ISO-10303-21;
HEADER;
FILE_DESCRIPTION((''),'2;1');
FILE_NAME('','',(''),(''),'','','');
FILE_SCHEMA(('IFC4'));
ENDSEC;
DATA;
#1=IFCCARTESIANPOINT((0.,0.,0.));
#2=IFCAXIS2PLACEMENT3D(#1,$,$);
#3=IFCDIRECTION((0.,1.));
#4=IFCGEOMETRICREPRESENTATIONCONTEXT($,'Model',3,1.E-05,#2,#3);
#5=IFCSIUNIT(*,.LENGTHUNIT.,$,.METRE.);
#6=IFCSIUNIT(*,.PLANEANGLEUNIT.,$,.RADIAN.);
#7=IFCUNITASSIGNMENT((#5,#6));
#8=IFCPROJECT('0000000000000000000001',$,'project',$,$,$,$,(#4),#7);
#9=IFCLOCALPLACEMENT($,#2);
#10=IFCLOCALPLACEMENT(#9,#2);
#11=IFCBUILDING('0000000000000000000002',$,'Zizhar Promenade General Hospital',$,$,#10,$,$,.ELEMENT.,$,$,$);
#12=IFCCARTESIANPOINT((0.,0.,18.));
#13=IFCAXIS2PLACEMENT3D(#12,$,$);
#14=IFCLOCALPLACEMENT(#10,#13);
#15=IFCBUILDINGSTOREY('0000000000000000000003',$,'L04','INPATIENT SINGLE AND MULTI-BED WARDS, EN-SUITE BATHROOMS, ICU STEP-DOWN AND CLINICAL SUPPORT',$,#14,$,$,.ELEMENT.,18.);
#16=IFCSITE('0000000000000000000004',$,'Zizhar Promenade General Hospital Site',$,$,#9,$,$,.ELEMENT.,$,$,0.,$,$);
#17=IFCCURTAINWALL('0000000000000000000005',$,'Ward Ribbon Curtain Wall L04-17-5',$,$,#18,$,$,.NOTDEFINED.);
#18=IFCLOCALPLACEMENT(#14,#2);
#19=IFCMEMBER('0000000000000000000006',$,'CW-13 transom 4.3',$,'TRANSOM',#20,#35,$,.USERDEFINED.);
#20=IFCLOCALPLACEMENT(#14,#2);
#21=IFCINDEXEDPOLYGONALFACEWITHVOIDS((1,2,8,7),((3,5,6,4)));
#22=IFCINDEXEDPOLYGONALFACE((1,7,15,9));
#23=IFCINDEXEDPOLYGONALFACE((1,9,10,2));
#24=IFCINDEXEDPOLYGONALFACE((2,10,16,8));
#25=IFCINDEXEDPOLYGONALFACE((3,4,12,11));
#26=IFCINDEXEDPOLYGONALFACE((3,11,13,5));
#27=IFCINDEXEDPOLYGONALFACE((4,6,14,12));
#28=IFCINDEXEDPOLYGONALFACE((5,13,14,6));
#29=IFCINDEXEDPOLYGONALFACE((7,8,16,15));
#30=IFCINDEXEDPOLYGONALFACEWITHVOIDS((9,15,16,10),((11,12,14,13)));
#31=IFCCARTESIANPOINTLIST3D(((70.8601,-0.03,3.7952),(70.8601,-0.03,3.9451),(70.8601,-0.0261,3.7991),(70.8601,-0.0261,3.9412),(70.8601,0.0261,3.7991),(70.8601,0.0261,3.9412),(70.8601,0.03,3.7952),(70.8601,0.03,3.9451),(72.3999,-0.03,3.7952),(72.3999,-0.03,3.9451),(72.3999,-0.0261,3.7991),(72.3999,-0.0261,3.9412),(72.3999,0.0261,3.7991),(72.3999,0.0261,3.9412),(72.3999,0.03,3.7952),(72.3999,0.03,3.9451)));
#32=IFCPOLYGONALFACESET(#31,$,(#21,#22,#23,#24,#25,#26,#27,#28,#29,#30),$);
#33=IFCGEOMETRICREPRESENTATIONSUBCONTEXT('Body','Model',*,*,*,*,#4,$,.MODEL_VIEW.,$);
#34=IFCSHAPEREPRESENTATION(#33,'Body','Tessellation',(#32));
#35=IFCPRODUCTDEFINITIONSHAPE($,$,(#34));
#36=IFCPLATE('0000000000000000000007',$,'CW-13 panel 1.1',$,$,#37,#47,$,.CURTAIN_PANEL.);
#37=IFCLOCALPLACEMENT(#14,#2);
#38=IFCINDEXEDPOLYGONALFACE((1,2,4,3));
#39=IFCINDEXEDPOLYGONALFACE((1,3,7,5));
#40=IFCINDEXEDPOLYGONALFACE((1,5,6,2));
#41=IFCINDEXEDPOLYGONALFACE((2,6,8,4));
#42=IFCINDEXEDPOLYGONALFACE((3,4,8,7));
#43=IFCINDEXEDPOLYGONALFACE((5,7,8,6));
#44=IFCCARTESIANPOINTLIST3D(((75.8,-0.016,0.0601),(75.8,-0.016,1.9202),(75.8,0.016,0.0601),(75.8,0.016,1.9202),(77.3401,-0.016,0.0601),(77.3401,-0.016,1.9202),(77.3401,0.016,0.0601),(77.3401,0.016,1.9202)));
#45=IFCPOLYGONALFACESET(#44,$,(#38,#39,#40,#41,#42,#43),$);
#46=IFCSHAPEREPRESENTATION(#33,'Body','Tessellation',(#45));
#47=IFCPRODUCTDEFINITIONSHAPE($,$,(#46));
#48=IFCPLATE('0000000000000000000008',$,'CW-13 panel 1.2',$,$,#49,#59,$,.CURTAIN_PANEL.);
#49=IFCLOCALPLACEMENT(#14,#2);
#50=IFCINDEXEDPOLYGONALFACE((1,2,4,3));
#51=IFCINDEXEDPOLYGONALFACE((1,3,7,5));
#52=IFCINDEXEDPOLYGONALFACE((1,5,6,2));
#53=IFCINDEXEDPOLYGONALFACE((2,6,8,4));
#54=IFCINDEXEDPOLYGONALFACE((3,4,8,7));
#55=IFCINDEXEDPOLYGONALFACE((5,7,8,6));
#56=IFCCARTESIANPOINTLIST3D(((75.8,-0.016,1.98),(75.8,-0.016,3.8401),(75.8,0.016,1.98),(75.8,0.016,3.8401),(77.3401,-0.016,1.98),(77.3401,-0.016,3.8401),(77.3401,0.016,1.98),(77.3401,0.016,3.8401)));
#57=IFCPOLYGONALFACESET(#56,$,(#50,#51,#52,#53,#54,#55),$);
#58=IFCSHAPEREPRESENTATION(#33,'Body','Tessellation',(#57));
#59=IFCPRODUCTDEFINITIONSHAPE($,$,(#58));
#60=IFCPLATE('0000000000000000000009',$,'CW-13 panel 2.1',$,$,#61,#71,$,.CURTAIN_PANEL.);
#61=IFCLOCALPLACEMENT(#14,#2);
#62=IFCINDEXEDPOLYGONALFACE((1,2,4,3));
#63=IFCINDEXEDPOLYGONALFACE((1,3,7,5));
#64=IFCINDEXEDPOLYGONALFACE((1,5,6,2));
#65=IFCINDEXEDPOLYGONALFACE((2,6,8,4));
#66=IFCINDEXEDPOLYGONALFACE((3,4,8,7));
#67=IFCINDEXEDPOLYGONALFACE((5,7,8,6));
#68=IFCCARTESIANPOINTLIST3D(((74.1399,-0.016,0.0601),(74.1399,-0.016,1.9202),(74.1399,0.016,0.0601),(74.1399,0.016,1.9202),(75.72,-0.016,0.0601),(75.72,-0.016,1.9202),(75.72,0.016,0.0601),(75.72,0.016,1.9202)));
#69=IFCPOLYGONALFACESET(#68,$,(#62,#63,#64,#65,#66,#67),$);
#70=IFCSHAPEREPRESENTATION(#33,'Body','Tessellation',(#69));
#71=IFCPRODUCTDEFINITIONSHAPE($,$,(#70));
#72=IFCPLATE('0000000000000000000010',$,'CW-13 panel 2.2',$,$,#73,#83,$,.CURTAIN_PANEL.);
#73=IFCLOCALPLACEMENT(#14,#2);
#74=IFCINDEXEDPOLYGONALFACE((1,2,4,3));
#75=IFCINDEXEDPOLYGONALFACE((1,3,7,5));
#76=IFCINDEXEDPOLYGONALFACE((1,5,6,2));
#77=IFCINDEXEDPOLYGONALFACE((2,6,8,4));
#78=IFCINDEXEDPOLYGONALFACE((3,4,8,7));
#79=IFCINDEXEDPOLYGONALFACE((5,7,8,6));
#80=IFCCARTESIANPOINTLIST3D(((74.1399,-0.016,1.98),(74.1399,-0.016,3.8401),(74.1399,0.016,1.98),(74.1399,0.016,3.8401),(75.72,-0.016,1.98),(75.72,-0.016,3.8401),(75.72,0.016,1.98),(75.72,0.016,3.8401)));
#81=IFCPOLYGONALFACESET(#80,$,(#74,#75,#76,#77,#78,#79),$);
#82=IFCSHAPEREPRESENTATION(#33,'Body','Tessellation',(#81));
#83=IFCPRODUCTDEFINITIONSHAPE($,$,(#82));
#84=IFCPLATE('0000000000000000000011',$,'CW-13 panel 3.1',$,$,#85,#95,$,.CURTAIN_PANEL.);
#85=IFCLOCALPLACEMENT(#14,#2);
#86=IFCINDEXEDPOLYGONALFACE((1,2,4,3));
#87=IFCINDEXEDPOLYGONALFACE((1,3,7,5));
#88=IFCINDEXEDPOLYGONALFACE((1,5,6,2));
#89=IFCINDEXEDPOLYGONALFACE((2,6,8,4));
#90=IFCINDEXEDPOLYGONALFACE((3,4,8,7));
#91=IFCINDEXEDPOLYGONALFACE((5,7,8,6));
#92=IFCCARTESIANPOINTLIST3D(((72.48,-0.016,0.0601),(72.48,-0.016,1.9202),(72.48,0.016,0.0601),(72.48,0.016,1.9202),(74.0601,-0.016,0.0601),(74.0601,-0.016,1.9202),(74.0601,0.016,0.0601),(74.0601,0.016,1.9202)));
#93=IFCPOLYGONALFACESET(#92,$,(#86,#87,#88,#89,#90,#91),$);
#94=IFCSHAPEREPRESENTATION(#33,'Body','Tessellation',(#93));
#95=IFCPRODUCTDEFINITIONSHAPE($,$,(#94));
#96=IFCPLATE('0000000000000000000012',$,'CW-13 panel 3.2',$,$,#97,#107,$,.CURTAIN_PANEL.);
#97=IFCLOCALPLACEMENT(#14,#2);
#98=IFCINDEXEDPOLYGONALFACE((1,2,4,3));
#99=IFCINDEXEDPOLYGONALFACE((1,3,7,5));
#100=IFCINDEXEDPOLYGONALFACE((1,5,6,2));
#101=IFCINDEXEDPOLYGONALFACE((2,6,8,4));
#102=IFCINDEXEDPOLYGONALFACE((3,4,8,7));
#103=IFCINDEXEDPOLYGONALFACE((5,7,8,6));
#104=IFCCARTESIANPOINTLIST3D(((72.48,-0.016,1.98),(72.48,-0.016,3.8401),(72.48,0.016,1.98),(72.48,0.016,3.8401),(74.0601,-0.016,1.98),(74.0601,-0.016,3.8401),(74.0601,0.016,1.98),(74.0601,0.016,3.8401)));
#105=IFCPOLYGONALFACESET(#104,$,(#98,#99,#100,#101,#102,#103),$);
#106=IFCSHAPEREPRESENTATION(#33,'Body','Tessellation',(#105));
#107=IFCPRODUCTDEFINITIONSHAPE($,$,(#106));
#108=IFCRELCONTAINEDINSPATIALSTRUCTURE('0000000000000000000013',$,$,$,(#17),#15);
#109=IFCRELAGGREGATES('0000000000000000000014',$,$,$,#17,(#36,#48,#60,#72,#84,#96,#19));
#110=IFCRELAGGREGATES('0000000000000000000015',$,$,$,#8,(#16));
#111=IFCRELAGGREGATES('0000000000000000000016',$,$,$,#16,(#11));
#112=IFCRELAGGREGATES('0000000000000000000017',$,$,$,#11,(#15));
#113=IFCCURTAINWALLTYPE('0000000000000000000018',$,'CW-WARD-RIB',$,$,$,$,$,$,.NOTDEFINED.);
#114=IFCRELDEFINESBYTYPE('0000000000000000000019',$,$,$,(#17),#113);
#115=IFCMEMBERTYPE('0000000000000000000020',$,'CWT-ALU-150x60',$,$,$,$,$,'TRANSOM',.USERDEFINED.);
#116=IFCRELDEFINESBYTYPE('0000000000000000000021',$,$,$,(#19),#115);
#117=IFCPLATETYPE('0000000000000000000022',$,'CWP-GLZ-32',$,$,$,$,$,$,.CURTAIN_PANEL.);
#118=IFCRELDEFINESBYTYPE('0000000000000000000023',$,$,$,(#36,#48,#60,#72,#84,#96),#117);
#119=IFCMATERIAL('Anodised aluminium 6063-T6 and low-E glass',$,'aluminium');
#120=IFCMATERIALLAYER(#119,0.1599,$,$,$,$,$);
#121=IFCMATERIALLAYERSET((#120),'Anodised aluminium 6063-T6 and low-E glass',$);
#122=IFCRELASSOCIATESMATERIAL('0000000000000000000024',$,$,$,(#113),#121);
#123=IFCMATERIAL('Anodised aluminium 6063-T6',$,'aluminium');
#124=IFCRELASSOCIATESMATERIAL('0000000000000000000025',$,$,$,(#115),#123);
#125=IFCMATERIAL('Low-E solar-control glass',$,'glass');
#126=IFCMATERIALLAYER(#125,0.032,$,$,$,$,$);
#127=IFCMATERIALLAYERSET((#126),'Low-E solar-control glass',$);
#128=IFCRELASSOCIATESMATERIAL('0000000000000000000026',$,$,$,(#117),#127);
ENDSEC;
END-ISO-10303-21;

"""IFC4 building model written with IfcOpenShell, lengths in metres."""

from ifc_helpers import new_model, si_unit, direction, frame, origin, origin_2d, place, context, subcontext, project, spatial, rectangle, hollow_rectangle, extrude, material, layer, layer_set, material_profile, profile_set, type_object, element, aggregate, save


model = new_model("IFC4")

# Units and contexts
model_context = context("Model", 3, precision=1e-05, world=origin(), true_north=direction((0.0, 1.0)))
body_context = subcontext(model_context, "Body", "Model", "MODEL_VIEW")
ifc_project = project(units=[si_unit("LENGTHUNIT", "METRE"), si_unit("PLANEANGLEUNIT", "RADIAN")], contexts=[model_context])

# Site, building, storey
site_placement = place(None, origin())
site = spatial("IfcSite", under=ifc_project, at=site_placement, Name="Zizhar Promenade General Hospital Site", CompositionType="ELEMENT", RefElevation=0.0)
building_placement = place(site_placement, origin())
building = spatial("IfcBuilding", under=site, at=building_placement, Name="Zizhar Promenade General Hospital", CompositionType="ELEMENT")
storey_placement = place(building_placement, frame((0.0, 0.0, 18.0)))
storey = spatial("IfcBuildingStorey", under=building, at=storey_placement, Name="L04", Description="INPATIENT SINGLE AND MULTI-BED WARDS, EN-SUITE BATHROOMS, ICU STEP-DOWN AND CLINICAL SUPPORT", CompositionType="ELEMENT", Elevation=18.0)

# Curtain wall, member, plates
ifc_material_1 = material(Name="Anodised aluminium 6063-T6 and low-E glass", Category="aluminium")
ifc_layer_1 = layer(ifc_material_1, 0.1599)
ifc_layer_set_1 = layer_set([ifc_layer_1], Name="Anodised aluminium 6063-T6 and low-E glass")
curtain_wall_type = type_object("IfcCurtainWallType", Name="CW-WARD-RIB", PredefinedType="NOTDEFINED", material=ifc_layer_set_1)
curtain_wall_placement = place(storey_placement, origin())
curtain_wall = element("IfcCurtainWall", 1, at=curtain_wall_placement, inside=storey, type_object=curtain_wall_type, Name="Ward Ribbon Curtain Wall L04-17-5", PredefinedType="NOTDEFINED")
ifc_material_2 = material(Name="Anodised aluminium 6063-T6", Category="aluminium")
ifc_material_profile_1 = material_profile(ifc_material_2, hollow_rectangle(XDim=0.0601, YDim=0.1499, WallThickness=0.0039, at=origin_2d()))
ifc_profile_set_1 = profile_set([ifc_material_profile_1], Name="Anodised aluminium 6063-T6")
member_type_1 = type_object("IfcMemberType", Name="CWT-ALU-150x60", ElementType="TRANSOM", PredefinedType="USERDEFINED", material=ifc_profile_set_1)
member_1_placement = place(storey_placement, frame((72.3999, 0.0, 3.8701), z_axis=(-1.0, 0.0, 0.0), x_axis=(0.0, -1.0, 0.0)))
member_1 = element("IfcMember", 2, at=member_1_placement, type_object=member_type_1, Name="CW-13 transom 4.3", ObjectType="TRANSOM", PredefinedType="USERDEFINED", context=body_context, shape_type="SweptSolid", body=[
    extrude(hollow_rectangle(XDim=0.0601, YDim=0.1499, WallThickness=0.0039, at=origin_2d()), origin(), (0.0, 0.0, 1.0), 1.5398),
])
ifc_material_3 = material(Name="Low-E solar-control glass", Category="glass")
ifc_layer_2 = layer(ifc_material_3, 0.032)
ifc_layer_set_2 = layer_set([ifc_layer_2], Name="Low-E solar-control glass")
plate_type = type_object("IfcPlateType", Name="CWP-GLZ-32", PredefinedType="CURTAIN_PANEL", material=ifc_layer_set_2)
plate_1_placement = place(storey_placement, frame((76.5701, 0.0, 0.0601), z_axis=(0.0, 0.0, 1.0), x_axis=(-1.0, 0.0, 0.0)))
plate_1 = element("IfcPlate", 3, at=plate_1_placement, type_object=plate_type, Name="CW-13 panel 1.1", PredefinedType="CURTAIN_PANEL", context=body_context, shape_type="SweptSolid", body=[
    extrude(rectangle(XDim=1.54, YDim=0.032, at=origin_2d()), origin(), (0.0, 0.0, 1.0), 1.8601),
])
plate_2_placement = place(storey_placement, frame((76.5701, 0.0, 1.98), z_axis=(0.0, 0.0, 1.0), x_axis=(-1.0, 0.0, 0.0)))
plate_2 = element("IfcPlate", 4, at=plate_2_placement, type_object=plate_type, Name="CW-13 panel 1.2", PredefinedType="CURTAIN_PANEL", context=body_context, shape_type="SweptSolid", body=[
    extrude(rectangle(XDim=1.54, YDim=0.032, at=origin_2d()), origin(), (0.0, 0.0, 1.0), 1.8601),
])
plate_3_placement = place(storey_placement, frame((74.9299, 0.0, 0.0601), z_axis=(0.0, 0.0, 1.0), x_axis=(-1.0, 0.0, 0.0)))
plate_3 = element("IfcPlate", 5, at=plate_3_placement, type_object=plate_type, Name="CW-13 panel 2.1", PredefinedType="CURTAIN_PANEL", context=body_context, shape_type="SweptSolid", body=[
    extrude(rectangle(XDim=1.5801, YDim=0.032, at=origin_2d()), origin(), (0.0, 0.0, 1.0), 1.8601),
])
plate_4_placement = place(storey_placement, frame((74.9299, 0.0, 1.98), z_axis=(0.0, 0.0, 1.0), x_axis=(-1.0, 0.0, 0.0)))
plate_4 = element("IfcPlate", 6, at=plate_4_placement, type_object=plate_type, Name="CW-13 panel 2.2", PredefinedType="CURTAIN_PANEL", context=body_context, shape_type="SweptSolid", body=[
    extrude(rectangle(XDim=1.5801, YDim=0.032, at=origin_2d()), origin(), (0.0, 0.0, 1.0), 1.8601),
])
plate_5_placement = place(storey_placement, frame((73.27, 0.0, 0.0601), z_axis=(0.0, 0.0, 1.0), x_axis=(-1.0, 0.0, 0.0)))
plate_5 = element("IfcPlate", 7, at=plate_5_placement, type_object=plate_type, Name="CW-13 panel 3.1", PredefinedType="CURTAIN_PANEL", context=body_context, shape_type="SweptSolid", body=[
    extrude(rectangle(XDim=1.5801, YDim=0.032, at=origin_2d()), origin(), (0.0, 0.0, 1.0), 1.8601),
])
plate_6_placement = place(storey_placement, frame((73.27, 0.0, 1.98), z_axis=(0.0, 0.0, 1.0), x_axis=(-1.0, 0.0, 0.0)))
plate_6 = element("IfcPlate", 8, at=plate_6_placement, type_object=plate_type, Name="CW-13 panel 3.2", PredefinedType="CURTAIN_PANEL", context=body_context, shape_type="SweptSolid", body=[
    extrude(rectangle(XDim=1.5801, YDim=0.032, at=origin_2d()), origin(), (0.0, 0.0, 1.0), 1.8601),
])
aggregate(curtain_wall, [plate_1, plate_2, plate_3, plate_4, plate_5, plate_6, member_1])

save(model, "model.ifc")
